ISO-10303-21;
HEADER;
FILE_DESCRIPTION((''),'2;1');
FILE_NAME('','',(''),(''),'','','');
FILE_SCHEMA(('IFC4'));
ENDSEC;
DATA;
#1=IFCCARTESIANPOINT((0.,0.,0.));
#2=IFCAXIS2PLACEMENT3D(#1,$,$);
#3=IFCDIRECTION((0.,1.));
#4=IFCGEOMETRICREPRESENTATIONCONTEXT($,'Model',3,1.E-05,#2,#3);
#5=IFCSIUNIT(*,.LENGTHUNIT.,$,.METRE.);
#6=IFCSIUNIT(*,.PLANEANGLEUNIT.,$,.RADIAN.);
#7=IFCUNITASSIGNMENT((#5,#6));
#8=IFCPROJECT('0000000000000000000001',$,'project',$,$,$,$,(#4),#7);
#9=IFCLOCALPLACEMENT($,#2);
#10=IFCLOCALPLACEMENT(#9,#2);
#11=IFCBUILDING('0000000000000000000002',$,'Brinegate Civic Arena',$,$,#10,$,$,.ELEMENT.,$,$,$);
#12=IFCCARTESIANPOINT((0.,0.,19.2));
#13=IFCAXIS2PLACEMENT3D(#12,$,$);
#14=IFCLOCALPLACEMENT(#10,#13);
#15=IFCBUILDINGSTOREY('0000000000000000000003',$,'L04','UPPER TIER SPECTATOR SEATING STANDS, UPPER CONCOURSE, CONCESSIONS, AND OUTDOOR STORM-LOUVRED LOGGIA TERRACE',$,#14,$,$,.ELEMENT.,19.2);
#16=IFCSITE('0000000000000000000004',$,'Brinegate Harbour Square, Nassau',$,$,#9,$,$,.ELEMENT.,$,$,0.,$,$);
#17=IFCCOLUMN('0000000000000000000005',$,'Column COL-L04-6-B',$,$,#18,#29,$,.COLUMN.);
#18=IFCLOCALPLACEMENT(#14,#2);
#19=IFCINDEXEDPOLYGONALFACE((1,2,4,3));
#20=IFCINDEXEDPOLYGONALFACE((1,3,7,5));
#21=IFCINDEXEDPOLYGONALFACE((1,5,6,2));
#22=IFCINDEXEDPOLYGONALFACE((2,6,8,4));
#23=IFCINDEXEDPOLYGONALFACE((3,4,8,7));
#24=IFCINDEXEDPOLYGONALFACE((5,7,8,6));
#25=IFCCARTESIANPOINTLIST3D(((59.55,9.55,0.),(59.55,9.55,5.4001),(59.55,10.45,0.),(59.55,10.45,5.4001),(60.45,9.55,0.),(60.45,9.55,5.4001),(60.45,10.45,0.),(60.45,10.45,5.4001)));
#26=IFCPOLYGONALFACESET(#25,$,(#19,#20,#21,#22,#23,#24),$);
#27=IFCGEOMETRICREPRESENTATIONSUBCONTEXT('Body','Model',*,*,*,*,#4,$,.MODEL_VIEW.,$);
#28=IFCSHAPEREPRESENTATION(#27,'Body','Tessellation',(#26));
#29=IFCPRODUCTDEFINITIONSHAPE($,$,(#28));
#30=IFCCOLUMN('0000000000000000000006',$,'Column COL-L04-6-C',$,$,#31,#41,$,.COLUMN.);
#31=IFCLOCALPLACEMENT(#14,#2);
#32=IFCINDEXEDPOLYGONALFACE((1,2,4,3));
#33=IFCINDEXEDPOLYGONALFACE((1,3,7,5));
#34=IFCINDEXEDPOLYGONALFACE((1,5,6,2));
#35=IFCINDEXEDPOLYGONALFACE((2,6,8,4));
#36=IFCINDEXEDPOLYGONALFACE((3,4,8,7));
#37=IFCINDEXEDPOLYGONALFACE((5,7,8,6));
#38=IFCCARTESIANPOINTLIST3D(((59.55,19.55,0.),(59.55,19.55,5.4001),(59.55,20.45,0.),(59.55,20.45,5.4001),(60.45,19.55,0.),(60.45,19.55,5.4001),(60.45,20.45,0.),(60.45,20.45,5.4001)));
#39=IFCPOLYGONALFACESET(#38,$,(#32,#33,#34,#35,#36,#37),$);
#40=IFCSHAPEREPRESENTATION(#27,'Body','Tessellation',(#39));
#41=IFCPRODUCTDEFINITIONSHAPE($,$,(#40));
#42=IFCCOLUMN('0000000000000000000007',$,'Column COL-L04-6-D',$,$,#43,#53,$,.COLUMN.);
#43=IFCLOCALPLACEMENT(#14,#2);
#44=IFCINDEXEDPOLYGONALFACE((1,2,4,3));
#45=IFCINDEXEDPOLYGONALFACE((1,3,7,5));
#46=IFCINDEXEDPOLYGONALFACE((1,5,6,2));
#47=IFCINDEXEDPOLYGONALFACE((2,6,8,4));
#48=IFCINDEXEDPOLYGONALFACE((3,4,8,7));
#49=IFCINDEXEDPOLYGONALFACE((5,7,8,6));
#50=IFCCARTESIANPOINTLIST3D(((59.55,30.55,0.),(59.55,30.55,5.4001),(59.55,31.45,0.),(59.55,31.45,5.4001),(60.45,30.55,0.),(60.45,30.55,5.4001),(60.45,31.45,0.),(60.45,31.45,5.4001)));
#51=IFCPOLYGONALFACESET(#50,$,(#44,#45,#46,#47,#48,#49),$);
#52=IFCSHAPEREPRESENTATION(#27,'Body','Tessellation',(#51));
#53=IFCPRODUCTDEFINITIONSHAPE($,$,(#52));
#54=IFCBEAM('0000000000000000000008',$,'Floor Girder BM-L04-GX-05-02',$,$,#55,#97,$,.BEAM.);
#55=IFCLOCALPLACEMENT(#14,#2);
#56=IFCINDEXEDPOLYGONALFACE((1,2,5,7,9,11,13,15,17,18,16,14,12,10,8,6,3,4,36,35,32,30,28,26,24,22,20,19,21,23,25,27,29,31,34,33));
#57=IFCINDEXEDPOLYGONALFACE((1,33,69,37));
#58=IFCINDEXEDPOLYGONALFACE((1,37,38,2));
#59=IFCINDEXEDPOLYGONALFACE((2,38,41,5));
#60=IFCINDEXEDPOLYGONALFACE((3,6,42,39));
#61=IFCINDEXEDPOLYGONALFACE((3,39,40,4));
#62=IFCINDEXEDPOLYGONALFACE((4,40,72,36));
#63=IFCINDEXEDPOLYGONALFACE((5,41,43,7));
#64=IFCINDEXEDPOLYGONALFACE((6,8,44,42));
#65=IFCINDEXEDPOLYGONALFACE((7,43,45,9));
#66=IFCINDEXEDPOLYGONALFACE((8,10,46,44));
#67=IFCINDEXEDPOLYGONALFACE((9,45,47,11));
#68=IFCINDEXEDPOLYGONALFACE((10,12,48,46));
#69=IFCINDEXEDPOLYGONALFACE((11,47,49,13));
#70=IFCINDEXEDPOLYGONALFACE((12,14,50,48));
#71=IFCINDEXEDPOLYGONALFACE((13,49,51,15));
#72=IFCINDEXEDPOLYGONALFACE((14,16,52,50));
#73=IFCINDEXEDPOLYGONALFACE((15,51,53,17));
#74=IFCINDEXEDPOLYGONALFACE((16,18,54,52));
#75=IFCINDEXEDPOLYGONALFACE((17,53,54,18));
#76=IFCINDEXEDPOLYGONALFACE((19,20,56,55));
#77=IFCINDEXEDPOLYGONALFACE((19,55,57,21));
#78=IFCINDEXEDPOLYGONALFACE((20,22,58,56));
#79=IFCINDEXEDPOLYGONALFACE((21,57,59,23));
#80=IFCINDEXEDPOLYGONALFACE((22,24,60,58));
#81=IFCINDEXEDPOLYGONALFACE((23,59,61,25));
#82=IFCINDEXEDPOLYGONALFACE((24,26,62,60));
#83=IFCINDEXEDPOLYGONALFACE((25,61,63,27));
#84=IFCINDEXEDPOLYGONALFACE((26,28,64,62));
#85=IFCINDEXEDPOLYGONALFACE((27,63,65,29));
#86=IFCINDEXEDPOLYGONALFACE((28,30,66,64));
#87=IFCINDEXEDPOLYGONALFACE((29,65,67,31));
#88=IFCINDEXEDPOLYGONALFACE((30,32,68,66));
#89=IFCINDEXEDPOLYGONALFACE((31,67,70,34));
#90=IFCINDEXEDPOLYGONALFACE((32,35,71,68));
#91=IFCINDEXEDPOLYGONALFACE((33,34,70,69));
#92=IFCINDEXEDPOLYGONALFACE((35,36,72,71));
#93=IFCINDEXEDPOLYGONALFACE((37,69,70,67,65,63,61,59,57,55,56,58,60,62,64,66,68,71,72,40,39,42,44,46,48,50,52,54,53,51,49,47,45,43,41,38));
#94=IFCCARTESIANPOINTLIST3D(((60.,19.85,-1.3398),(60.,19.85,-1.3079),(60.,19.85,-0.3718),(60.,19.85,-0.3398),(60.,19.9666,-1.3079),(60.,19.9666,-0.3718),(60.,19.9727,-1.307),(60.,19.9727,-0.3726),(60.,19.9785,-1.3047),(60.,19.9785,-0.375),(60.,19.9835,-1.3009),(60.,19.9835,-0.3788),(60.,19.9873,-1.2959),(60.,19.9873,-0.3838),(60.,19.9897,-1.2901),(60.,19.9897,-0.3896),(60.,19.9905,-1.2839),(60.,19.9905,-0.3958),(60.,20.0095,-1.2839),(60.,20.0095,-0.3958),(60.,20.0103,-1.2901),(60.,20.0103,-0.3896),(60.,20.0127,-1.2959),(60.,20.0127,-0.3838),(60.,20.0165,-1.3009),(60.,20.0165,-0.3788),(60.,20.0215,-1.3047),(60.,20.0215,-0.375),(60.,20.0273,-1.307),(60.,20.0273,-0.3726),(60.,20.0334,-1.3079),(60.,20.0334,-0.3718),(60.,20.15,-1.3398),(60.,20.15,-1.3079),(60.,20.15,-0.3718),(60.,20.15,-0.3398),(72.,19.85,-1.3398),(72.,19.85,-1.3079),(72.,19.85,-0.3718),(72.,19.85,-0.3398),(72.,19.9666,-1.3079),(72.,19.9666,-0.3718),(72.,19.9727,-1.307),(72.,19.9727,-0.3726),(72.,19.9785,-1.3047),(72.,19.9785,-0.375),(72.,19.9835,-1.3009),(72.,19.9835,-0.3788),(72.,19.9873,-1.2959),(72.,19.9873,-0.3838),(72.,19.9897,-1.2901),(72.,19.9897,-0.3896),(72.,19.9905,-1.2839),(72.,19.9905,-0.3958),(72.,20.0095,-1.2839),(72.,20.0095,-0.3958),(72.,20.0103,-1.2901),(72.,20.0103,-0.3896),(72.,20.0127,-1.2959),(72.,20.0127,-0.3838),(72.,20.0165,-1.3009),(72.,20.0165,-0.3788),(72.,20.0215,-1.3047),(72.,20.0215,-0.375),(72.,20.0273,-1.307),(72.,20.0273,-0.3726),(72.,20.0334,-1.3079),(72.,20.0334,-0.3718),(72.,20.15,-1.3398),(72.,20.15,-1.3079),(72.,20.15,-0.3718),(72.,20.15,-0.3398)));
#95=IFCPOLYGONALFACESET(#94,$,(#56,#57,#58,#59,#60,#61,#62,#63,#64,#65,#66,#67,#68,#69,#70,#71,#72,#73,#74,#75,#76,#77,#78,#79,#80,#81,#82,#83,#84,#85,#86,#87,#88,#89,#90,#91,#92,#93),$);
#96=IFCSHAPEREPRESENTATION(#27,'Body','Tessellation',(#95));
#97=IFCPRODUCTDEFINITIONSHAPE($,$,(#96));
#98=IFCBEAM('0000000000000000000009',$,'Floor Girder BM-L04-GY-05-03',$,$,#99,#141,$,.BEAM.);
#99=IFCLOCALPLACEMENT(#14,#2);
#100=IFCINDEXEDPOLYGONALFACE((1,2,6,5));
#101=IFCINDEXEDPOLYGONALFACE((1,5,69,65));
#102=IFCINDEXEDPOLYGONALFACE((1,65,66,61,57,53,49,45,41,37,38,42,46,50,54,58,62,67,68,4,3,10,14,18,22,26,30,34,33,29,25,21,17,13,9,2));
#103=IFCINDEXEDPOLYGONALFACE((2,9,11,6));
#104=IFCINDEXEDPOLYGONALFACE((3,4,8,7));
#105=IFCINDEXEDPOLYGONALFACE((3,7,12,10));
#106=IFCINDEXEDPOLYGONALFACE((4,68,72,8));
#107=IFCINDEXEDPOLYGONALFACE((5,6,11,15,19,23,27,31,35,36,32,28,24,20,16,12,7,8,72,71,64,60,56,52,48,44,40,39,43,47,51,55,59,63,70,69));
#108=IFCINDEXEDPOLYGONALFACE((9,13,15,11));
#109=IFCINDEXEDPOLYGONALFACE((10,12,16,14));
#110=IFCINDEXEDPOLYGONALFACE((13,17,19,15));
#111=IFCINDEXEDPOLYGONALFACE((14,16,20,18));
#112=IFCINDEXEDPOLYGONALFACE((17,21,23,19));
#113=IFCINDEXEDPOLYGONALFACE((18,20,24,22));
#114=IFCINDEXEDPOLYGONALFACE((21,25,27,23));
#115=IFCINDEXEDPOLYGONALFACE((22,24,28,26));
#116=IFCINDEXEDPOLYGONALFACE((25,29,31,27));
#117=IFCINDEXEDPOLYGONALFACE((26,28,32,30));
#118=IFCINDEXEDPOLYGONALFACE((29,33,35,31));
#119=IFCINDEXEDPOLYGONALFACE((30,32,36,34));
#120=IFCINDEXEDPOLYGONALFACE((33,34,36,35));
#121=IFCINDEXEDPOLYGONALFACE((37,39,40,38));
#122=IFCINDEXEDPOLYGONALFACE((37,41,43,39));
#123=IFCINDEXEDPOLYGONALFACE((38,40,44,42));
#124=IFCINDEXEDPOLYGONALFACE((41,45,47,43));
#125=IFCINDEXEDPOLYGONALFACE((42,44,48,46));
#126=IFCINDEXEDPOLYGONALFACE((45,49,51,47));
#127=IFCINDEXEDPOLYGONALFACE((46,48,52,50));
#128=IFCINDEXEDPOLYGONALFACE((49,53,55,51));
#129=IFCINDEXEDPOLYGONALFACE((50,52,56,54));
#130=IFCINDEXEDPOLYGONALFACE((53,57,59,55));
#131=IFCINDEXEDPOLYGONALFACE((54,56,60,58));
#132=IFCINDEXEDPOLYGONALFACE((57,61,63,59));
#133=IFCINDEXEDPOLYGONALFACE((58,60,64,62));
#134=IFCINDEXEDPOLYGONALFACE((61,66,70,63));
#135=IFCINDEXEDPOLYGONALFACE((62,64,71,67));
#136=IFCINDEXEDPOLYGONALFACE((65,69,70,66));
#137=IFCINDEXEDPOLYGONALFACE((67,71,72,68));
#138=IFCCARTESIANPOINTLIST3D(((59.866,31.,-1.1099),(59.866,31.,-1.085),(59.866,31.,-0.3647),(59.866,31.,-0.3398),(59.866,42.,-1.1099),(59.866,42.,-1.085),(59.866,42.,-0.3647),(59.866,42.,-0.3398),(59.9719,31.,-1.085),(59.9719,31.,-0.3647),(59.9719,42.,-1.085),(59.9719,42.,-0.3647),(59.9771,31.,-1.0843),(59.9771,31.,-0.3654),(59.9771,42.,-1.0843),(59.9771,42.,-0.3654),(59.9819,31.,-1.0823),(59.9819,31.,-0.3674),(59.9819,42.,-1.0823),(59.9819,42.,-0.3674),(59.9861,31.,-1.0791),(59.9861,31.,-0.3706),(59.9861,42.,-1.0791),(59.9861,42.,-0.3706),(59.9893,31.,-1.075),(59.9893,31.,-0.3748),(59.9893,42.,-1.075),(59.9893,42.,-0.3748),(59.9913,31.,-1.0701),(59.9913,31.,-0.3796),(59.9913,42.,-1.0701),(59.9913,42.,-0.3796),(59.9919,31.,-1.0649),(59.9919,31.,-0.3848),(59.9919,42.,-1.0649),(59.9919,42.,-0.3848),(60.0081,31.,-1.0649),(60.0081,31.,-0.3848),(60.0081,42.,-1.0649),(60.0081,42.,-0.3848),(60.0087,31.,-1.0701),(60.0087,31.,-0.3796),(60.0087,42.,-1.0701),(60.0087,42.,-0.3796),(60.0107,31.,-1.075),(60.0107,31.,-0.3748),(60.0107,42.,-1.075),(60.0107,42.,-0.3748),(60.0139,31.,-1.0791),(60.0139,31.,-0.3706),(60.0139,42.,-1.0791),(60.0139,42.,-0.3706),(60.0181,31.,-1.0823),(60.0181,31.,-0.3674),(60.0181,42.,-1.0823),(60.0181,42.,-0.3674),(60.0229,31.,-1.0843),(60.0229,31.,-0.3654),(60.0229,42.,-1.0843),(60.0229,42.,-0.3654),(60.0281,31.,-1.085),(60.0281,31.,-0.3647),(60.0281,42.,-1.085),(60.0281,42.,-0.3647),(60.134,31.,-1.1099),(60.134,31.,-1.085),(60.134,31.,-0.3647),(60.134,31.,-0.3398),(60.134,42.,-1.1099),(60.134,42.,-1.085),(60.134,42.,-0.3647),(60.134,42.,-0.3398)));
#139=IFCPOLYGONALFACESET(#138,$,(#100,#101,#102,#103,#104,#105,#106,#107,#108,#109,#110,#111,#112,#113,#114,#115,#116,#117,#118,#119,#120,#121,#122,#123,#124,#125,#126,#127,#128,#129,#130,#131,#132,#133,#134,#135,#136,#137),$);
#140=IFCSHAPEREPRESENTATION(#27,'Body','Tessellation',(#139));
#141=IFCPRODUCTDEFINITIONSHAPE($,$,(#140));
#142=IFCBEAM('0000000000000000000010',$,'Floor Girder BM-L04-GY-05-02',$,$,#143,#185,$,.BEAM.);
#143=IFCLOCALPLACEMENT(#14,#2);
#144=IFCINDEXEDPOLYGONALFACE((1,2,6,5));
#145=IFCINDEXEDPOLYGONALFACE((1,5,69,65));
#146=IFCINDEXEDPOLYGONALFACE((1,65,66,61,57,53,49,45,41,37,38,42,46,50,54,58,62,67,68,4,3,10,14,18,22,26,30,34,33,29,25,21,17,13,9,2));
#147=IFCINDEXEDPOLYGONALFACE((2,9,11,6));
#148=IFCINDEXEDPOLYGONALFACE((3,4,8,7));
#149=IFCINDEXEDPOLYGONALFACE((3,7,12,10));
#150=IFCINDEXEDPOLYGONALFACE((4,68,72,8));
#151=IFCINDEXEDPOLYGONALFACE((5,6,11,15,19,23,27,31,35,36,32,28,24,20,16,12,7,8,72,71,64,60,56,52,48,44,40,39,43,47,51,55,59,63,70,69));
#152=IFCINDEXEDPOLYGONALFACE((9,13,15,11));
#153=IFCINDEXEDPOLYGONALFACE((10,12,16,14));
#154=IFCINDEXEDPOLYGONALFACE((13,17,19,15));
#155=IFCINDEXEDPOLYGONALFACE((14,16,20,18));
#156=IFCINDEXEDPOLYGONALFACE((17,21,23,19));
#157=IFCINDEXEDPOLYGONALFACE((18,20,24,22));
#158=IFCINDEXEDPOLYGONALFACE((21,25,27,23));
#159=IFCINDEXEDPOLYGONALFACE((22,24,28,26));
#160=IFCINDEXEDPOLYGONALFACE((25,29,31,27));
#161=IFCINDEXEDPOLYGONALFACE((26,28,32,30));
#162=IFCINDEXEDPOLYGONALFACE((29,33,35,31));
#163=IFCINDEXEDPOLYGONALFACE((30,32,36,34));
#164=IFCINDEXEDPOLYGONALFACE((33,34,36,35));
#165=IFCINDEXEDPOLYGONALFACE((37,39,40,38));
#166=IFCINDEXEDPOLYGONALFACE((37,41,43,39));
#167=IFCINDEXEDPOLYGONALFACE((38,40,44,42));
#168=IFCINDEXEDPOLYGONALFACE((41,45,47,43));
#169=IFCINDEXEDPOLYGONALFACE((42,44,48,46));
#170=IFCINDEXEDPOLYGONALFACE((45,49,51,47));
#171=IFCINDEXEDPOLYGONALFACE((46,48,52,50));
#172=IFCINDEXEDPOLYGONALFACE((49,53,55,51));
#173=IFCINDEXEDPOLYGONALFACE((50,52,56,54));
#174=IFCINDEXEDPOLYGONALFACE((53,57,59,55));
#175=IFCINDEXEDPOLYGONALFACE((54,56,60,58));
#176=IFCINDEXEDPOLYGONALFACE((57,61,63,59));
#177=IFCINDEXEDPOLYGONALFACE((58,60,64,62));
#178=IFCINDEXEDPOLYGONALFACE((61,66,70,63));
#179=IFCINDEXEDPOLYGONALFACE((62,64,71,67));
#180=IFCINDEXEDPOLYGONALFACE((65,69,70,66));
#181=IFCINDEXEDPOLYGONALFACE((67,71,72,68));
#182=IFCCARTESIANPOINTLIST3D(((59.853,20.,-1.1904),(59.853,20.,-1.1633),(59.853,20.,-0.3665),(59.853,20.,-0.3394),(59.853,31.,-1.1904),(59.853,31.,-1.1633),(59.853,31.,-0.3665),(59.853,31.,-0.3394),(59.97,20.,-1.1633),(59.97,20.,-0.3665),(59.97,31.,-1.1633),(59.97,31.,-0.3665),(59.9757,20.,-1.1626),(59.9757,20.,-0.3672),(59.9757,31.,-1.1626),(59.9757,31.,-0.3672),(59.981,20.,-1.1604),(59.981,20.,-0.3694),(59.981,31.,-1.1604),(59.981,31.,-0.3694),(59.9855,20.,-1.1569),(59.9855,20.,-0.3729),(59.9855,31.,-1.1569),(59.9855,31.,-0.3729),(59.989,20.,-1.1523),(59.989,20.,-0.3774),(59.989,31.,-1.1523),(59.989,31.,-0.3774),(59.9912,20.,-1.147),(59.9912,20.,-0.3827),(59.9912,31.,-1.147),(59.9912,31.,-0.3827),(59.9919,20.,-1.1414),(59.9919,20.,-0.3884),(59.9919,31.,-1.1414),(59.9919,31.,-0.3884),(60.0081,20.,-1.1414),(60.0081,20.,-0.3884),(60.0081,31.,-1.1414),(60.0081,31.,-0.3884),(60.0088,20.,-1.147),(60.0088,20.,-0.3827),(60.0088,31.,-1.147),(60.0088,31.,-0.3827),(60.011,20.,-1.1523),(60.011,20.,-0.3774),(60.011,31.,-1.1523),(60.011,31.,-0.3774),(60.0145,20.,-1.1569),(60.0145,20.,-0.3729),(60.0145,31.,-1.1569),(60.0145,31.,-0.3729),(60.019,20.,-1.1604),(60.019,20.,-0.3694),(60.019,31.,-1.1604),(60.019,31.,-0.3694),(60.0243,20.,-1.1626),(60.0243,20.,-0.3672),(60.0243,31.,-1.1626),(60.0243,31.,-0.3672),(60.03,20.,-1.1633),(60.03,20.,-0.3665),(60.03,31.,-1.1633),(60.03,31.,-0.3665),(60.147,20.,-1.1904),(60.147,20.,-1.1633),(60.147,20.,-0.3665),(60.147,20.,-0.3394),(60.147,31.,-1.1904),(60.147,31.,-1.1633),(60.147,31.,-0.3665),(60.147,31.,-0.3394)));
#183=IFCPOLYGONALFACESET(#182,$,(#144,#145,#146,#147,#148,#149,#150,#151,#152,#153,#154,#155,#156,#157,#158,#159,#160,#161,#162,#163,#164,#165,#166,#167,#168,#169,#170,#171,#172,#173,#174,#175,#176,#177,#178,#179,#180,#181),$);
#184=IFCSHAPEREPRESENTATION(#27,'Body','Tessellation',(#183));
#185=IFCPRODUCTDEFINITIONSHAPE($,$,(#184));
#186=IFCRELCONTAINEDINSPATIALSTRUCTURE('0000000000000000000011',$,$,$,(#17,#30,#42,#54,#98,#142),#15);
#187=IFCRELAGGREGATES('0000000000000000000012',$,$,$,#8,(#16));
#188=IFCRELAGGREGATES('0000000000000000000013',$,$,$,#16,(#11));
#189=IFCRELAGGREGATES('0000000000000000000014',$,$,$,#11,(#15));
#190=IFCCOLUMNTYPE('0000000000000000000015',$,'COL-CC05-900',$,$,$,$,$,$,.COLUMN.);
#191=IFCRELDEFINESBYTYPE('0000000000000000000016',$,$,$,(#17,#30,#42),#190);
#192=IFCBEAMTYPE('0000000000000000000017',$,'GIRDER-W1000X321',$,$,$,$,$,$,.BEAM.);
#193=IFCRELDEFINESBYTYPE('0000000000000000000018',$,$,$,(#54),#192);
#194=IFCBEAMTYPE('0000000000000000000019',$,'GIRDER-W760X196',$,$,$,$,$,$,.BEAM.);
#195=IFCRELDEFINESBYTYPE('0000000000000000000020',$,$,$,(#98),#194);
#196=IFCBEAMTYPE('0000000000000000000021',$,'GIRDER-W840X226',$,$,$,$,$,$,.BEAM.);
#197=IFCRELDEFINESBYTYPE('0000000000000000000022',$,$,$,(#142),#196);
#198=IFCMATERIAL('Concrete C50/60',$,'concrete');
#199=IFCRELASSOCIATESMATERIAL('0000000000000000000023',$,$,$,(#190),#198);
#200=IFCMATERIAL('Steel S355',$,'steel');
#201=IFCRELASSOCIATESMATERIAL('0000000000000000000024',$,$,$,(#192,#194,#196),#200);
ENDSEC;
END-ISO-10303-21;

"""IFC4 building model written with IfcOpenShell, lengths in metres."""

from ifc_helpers import new_model, si_unit, direction, frame, origin, origin_2d, place, context, subcontext, project, spatial, rectangle, i_section, extrude, material, material_profile, profile_set, type_object, element, save


model = new_model("IFC4")

# Units and contexts
model_context = context("Model", 3, precision=1e-05, world=origin(), true_north=direction((0.0, 1.0)))
body_context = subcontext(model_context, "Body", "Model", "MODEL_VIEW")
ifc_project = project(units=[si_unit("LENGTHUNIT", "METRE"), si_unit("PLANEANGLEUNIT", "RADIAN")], contexts=[model_context])

# Site, building, storey
site_placement = place(None, origin())
site = spatial("IfcSite", under=ifc_project, at=site_placement, Name="Brinegate Harbour Square, Nassau", CompositionType="ELEMENT", RefElevation=0.0)
building_placement = place(site_placement, origin())
building = spatial("IfcBuilding", under=site, at=building_placement, Name="Brinegate Civic Arena", CompositionType="ELEMENT")
storey_placement = place(building_placement, frame((0.0, 0.0, 19.2)))
storey = spatial("IfcBuildingStorey", under=building, at=storey_placement, Name="L04", Description="UPPER TIER SPECTATOR SEATING STANDS, UPPER CONCOURSE, CONCESSIONS, AND OUTDOOR STORM-LOUVRED LOGGIA TERRACE", CompositionType="ELEMENT", Elevation=19.2)

# Columns
ifc_material_1 = material(Name="Concrete C50/60", Category="concrete")
ifc_material_profile_1 = material_profile(ifc_material_1, rectangle(XDim=0.8999, YDim=0.8999, at=origin_2d()), Name="RC900X900")
ifc_profile_set_1 = profile_set([ifc_material_profile_1], Name="Concrete C50/60")
column_type = type_object("IfcColumnType", Name="COL-CC05-900", PredefinedType="COLUMN", material=ifc_profile_set_1)
for number, where, z_axis, x_axis, name in (
    (1, (60.0, 10.0, 0.0), (0.0, 0.0, 1.0), (1.0, 0.0, 0.0), "Column COL-L04-6-B"),
    (2, (60.0, 20.0, 0.0), (0.0, 0.0, 1.0), (1.0, 0.0, 0.0), "Column COL-L04-6-C"),
    (3, (60.0, 31.0, 0.0), (0.0, 0.0, 1.0), (1.0, 0.0, 0.0), "Column COL-L04-6-D"),
):
    element("IfcColumn", number, at=place(storey_placement, frame(where, z_axis=z_axis, x_axis=x_axis)), inside=storey, type_object=column_type, Name=name, PredefinedType="COLUMN", context=body_context, shape_type="SweptSolid", body=[
        extrude(rectangle(XDim=0.8999, YDim=0.8999, at=origin_2d()), origin(), (0.0, 0.0, 1.0), 5.4001),
    ])

# Beams
ifc_material_2 = material(Name="Steel S355", Category="steel")
ifc_material_profile_2 = material_profile(ifc_material_2, i_section(OverallWidth=0.3, OverallDepth=1.0, WebThickness=0.019, FlangeThickness=0.032, FilletRadius=0.0239, at=origin_2d()), Name="W1000X321")
ifc_profile_set_2 = profile_set([ifc_material_profile_2], Name="Steel S355")
beam_type_1 = type_object("IfcBeamType", Name="GIRDER-W1000X321", PredefinedType="BEAM", material=ifc_profile_set_2)
beam_1_placement = place(storey_placement, frame((60.0, 20.0, -0.8398), z_axis=(1.0, 0.0, 0.0), x_axis=(0.0, 1.0, 0.0)))
element("IfcBeam", 4, at=beam_1_placement, inside=storey, type_object=beam_type_1, Name="Floor Girder BM-L04-GX-05-02", PredefinedType="BEAM", context=body_context, shape_type="SweptSolid", body=[
    extrude(i_section(OverallWidth=0.3, OverallDepth=1.0, WebThickness=0.019, FlangeThickness=0.032, FilletRadius=0.0239, at=origin_2d()), origin(), (0.0, 0.0, 1.0), 12.0),
])
ifc_material_profile_3 = material_profile(ifc_material_2, i_section(OverallWidth=0.2681, OverallDepth=0.77, WebThickness=0.0161, FlangeThickness=0.0249, FilletRadius=0.02, at=origin_2d()), Name="W760X196")
ifc_profile_set_3 = profile_set([ifc_material_profile_3], Name="Steel S355")
beam_type_2 = type_object("IfcBeamType", Name="GIRDER-W760X196", PredefinedType="BEAM", material=ifc_profile_set_3)
beam_2_placement = place(storey_placement, frame((60.0, 31.0, -0.7249), z_axis=(0.0, 1.0, 0.0), x_axis=(-1.0, 0.0, 0.0)))
element("IfcBeam", 5, at=beam_2_placement, inside=storey, type_object=beam_type_2, Name="Floor Girder BM-L04-GY-05-03", PredefinedType="BEAM", context=body_context, shape_type="SweptSolid", body=[
    extrude(i_section(OverallWidth=0.2681, OverallDepth=0.77, WebThickness=0.0161, FlangeThickness=0.0249, FilletRadius=0.02, at=origin_2d()), origin(), (0.0, 0.0, 1.0), 11.0),
])
ifc_material_profile_4 = material_profile(ifc_material_2, i_section(OverallWidth=0.2939, OverallDepth=0.8511, WebThickness=0.0161, FlangeThickness=0.0271, FilletRadius=0.022, at=origin_2d()), Name="W840X226")
ifc_profile_set_4 = profile_set([ifc_material_profile_4], Name="Steel S355")
beam_type_3 = type_object("IfcBeamType", Name="GIRDER-W840X226", PredefinedType="BEAM", material=ifc_profile_set_4)
beam_3_placement = place(storey_placement, frame((60.0, 20.0, -0.7649), z_axis=(0.0, 1.0, 0.0), x_axis=(-1.0, 0.0, 0.0)))
element("IfcBeam", 6, at=beam_3_placement, inside=storey, type_object=beam_type_3, Name="Floor Girder BM-L04-GY-05-02", PredefinedType="BEAM", context=body_context, shape_type="SweptSolid", body=[
    extrude(i_section(OverallWidth=0.2939, OverallDepth=0.8511, WebThickness=0.0161, FlangeThickness=0.0271, FilletRadius=0.022, at=origin_2d()), origin(), (0.0, 0.0, 1.0), 11.0),
])

save(model, "model.ifc")
